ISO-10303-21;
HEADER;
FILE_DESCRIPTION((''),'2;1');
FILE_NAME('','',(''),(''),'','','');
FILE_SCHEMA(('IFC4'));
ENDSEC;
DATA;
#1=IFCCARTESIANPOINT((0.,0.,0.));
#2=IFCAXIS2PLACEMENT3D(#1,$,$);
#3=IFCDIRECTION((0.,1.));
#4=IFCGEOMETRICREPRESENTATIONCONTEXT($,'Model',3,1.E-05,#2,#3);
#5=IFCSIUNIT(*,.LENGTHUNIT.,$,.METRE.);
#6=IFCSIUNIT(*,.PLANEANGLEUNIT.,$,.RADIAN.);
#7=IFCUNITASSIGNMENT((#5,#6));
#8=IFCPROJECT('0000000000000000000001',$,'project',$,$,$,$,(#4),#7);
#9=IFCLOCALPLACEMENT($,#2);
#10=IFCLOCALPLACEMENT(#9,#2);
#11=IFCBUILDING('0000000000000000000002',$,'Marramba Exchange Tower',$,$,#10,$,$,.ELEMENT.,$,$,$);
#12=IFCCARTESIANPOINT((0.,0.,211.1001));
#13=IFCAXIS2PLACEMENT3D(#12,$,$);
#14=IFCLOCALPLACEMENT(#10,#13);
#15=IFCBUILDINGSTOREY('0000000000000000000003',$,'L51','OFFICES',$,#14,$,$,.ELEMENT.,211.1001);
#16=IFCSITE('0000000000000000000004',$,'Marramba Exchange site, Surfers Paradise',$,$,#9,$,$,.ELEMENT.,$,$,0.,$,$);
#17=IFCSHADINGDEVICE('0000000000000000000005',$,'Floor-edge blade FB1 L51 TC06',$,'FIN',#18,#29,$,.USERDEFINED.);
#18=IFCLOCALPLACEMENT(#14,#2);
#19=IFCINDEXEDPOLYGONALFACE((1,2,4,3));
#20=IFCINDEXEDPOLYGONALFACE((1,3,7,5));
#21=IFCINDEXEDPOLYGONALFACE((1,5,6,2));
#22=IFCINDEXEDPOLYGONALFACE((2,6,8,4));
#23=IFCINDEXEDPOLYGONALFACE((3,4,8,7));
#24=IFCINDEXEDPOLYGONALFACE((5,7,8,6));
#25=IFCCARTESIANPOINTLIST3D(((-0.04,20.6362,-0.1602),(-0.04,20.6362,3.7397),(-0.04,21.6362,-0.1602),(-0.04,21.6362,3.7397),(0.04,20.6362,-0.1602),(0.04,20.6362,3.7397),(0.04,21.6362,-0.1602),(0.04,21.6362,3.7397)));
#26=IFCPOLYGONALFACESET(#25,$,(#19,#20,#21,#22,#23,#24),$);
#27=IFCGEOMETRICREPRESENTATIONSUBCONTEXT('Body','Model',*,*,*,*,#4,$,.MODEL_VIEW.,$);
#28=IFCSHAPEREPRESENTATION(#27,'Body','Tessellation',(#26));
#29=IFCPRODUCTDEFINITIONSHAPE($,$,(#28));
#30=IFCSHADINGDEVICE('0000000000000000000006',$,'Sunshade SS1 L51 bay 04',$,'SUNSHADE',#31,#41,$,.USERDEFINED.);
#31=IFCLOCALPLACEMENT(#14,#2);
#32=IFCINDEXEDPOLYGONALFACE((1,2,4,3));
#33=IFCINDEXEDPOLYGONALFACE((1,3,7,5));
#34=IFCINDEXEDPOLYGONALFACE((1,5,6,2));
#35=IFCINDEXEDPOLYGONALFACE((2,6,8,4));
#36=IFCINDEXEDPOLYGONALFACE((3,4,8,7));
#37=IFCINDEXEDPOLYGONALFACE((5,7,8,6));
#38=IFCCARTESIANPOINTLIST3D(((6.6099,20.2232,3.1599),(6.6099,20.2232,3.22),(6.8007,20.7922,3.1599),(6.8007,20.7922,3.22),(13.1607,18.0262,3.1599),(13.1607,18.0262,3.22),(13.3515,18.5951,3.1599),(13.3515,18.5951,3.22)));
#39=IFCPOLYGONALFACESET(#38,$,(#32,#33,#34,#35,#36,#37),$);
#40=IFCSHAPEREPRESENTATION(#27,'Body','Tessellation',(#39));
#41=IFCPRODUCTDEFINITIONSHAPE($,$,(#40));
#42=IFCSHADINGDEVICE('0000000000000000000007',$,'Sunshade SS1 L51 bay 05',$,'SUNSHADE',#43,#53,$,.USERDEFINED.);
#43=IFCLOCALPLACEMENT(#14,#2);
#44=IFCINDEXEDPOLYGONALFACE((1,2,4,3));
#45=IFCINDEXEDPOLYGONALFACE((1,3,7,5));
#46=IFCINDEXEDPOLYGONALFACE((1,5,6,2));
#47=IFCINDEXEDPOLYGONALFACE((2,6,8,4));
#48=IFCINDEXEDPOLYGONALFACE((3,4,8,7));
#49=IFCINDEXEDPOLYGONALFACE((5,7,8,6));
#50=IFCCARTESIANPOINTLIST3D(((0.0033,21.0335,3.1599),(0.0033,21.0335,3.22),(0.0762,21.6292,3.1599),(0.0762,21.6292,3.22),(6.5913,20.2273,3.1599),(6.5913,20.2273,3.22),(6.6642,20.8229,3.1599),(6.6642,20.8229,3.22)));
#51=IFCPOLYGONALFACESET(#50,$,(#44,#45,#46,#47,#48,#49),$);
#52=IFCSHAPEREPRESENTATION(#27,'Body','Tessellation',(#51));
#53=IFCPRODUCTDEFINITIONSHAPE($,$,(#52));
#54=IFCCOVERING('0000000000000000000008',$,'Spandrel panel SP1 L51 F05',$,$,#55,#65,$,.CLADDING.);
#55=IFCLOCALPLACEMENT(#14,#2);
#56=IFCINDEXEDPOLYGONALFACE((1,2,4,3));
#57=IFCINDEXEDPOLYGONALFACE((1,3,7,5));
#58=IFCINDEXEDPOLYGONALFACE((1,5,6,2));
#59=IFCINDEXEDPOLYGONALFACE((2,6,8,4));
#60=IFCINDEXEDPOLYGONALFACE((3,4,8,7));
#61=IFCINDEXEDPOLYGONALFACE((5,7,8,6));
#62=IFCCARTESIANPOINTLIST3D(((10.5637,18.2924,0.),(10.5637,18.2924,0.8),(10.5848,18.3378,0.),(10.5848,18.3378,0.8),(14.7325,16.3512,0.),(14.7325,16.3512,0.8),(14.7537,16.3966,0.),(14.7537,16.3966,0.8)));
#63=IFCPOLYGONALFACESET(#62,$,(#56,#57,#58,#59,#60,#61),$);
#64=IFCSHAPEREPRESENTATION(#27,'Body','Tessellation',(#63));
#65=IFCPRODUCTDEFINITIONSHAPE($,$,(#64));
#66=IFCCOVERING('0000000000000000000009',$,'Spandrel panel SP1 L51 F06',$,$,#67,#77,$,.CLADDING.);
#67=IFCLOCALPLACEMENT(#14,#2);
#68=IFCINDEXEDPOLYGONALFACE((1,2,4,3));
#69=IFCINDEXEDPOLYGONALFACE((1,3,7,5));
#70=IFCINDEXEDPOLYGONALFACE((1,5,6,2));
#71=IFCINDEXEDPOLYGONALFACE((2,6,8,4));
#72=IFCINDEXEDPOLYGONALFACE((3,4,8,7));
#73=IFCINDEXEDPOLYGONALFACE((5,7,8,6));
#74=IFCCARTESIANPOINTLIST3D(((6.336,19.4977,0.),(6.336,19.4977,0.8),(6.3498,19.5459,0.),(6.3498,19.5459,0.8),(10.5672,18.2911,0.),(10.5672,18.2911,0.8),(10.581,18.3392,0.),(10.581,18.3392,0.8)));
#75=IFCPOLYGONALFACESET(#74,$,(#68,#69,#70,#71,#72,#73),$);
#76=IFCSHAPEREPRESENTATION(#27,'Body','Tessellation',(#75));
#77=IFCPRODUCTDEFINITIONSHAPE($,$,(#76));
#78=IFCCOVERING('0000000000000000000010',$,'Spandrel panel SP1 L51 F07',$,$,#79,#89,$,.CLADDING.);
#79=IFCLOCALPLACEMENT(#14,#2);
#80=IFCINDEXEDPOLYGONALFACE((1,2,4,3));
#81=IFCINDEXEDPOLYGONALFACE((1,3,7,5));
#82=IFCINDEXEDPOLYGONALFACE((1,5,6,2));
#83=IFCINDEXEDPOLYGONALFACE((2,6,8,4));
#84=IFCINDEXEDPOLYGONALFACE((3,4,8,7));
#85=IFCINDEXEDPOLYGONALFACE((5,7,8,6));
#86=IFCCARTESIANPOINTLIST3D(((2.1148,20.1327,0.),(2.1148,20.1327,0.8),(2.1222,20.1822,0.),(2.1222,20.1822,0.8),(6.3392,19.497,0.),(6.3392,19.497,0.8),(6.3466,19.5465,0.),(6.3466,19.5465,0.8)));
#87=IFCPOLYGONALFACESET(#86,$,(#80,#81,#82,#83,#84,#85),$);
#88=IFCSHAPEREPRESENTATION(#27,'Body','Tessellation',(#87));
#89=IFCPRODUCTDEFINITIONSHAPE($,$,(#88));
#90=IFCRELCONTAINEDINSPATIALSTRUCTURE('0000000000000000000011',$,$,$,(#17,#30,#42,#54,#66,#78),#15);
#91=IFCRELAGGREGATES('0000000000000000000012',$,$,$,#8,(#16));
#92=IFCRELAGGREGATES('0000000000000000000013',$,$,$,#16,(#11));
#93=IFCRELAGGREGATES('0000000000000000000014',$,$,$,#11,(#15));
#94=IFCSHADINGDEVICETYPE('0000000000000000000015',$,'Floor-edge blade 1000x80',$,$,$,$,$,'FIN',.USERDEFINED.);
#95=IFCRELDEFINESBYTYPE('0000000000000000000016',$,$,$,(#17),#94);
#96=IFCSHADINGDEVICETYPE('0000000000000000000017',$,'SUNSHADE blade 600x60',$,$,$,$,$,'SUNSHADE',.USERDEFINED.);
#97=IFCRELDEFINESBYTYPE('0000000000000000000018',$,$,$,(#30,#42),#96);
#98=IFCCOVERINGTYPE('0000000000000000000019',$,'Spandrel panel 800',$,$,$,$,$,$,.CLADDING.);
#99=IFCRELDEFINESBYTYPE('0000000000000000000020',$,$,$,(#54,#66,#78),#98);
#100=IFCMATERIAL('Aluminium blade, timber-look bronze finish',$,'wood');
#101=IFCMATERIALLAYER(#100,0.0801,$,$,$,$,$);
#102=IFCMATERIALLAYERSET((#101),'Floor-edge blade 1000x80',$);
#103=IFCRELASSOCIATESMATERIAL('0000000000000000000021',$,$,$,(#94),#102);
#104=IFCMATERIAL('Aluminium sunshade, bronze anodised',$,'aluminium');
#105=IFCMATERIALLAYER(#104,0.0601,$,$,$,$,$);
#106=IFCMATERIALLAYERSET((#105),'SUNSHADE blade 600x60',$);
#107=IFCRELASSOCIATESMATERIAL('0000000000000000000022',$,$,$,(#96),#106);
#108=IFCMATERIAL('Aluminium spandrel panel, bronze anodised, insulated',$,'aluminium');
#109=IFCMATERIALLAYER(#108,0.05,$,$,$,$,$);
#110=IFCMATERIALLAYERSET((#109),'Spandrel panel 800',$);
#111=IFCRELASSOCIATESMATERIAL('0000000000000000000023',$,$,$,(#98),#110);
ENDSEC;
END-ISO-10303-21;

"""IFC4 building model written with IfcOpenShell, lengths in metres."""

from ifc_helpers import new_model, si_unit, direction, frame, origin, origin_2d, place, context, subcontext, project, spatial, rectangle, extrude, material, layer, layer_set, type_object, element, save


model = new_model("IFC4")

# Units and contexts
model_context = context("Model", 3, precision=1e-05, world=origin(), true_north=direction((0.0, 1.0)))
body_context = subcontext(model_context, "Body", "Model", "MODEL_VIEW")
ifc_project = project(units=[si_unit("LENGTHUNIT", "METRE"), si_unit("PLANEANGLEUNIT", "RADIAN")], contexts=[model_context])

# Site, building, storey
site_placement = place(None, origin())
site = spatial("IfcSite", under=ifc_project, at=site_placement, Name="Marramba Exchange site, Surfers Paradise", CompositionType="ELEMENT", RefElevation=0.0)
building_placement = place(site_placement, origin())
building = spatial("IfcBuilding", under=site, at=building_placement, Name="Marramba Exchange Tower", CompositionType="ELEMENT")
storey_placement = place(building_placement, frame((0.0, 0.0, 211.1001)))
storey = spatial("IfcBuildingStorey", under=building, at=storey_placement, Name="L51", Description="OFFICES", CompositionType="ELEMENT", Elevation=211.1001)

# Shading devices
ifc_material_1 = material(Name="Aluminium blade, timber-look bronze finish", Category="wood")
ifc_layer_1 = layer(ifc_material_1, 0.0801)
ifc_layer_set_1 = layer_set([ifc_layer_1], Name="Floor-edge blade 1000x80")
shading_device_type_1 = type_object("IfcShadingDeviceType", Name="Floor-edge blade 1000x80", ElementType="FIN", PredefinedType="USERDEFINED", material=ifc_layer_set_1)
for number, where, z_axis, x_axis, name in (
    (1, (0.0, 21.1362, -0.1602), (0.0, 0.0, 1.0), (0.0, 1.0, 0.0), "Floor-edge blade FB1 L51 TC06"),
):
    element("IfcShadingDevice", number, at=place(storey_placement, frame(where, z_axis=z_axis, x_axis=x_axis)), inside=storey, type_object=shading_device_type_1, Name=name, ObjectType="FIN", PredefinedType="USERDEFINED", context=body_context, shape_type="SweptSolid", body=[
        extrude(rectangle(XDim=1.0, YDim=0.0801, at=origin_2d()), origin(), (0.0, 0.0, 1.0), 3.8999),
    ])
ifc_material_2 = material(Name="Aluminium sunshade, bronze anodised", Category="aluminium")
ifc_layer_2 = layer(ifc_material_2, 0.0601)
ifc_layer_set_2 = layer_set([ifc_layer_2], Name="SUNSHADE blade 600x60")
shading_device_type_2 = type_object("IfcShadingDeviceType", Name="SUNSHADE blade 600x60", ElementType="SUNSHADE", PredefinedType="USERDEFINED", material=ifc_layer_set_2)
shading_device_1_placement = place(storey_placement, frame((9.9807, 19.4092, 3.1599), z_axis=(0.0, 0.0, 1.0), x_axis=(-0.948096, 0.317983, 0.0)))
element("IfcShadingDevice", 2, at=shading_device_1_placement, inside=storey, type_object=shading_device_type_2, Name="Sunshade SS1 L51 bay 04", ObjectType="SUNSHADE", PredefinedType="USERDEFINED", context=body_context, shape_type="SweptSolid", body=[
    extrude(rectangle(XDim=6.9094, YDim=0.6001, at=origin_2d()), origin(), (0.0, 0.0, 1.0), 0.0601),
])
shading_device_2_placement = place(storey_placement, frame((3.3337, 20.9282, 3.1599), z_axis=(0.0, 0.0, 1.0), x_axis=(-0.992595, 0.121469, 0.0)))
element("IfcShadingDevice", 3, at=shading_device_2_placement, inside=storey, type_object=shading_device_type_2, Name="Sunshade SS1 L51 bay 05", ObjectType="SUNSHADE", PredefinedType="USERDEFINED", context=body_context, shape_type="SweptSolid", body=[
    extrude(rectangle(XDim=6.6372, YDim=0.6001, at=origin_2d()), origin(), (0.0, 0.0, 1.0), 0.0601),
])

# Coverings
ifc_material_3 = material(Name="Aluminium spandrel panel, bronze anodised, insulated", Category="aluminium")
ifc_layer_3 = layer(ifc_material_3, 0.05)
ifc_layer_set_3 = layer_set([ifc_layer_3], Name="Spandrel panel 800")
covering_type = type_object("IfcCoveringType", Name="Spandrel panel 800", PredefinedType="CLADDING", material=ifc_layer_set_3)
covering_1_placement = place(storey_placement, frame((12.6587, 17.3445, 0.0), z_axis=(0.0, 0.0, 1.0), x_axis=(-0.906534, 0.422133, 0.0)))
element("IfcCovering", 4, at=covering_1_placement, inside=storey, type_object=covering_type, Name="Spandrel panel SP1 L51 F05", PredefinedType="CLADDING", context=body_context, shape_type="SweptSolid", body=[
    extrude(rectangle(XDim=4.5986, YDim=0.05, at=origin_2d()), origin(), (0.0, 0.0, 1.0), 0.8),
])
covering_2_placement = place(storey_placement, frame((8.4585, 18.9185, 0.0), z_axis=(0.0, 0.0, 1.0), x_axis=(-0.961659, 0.274248, 0.0)))
element("IfcCovering", 5, at=covering_2_placement, inside=storey, type_object=covering_type, Name="Spandrel panel SP1 L51 F06", PredefinedType="CLADDING", context=body_context, shape_type="SweptSolid", body=[
    extrude(rectangle(XDim=4.3999, YDim=0.05, at=origin_2d()), origin(), (0.0, 0.0, 1.0), 0.8),
])
covering_3_placement = place(storey_placement, frame((4.2307, 19.8396, 0.0), z_axis=(0.0, 0.0, 1.0), x_axis=(-0.988868, 0.148795, 0.0)))
element("IfcCovering", 6, at=covering_3_placement, inside=storey, type_object=covering_type, Name="Spandrel panel SP1 L51 F07", PredefinedType="CLADDING", context=body_context, shape_type="SweptSolid", body=[
    extrude(rectangle(XDim=4.272, YDim=0.05, at=origin_2d()), origin(), (0.0, 0.0, 1.0), 0.8),
])

save(model, "model.ifc")
